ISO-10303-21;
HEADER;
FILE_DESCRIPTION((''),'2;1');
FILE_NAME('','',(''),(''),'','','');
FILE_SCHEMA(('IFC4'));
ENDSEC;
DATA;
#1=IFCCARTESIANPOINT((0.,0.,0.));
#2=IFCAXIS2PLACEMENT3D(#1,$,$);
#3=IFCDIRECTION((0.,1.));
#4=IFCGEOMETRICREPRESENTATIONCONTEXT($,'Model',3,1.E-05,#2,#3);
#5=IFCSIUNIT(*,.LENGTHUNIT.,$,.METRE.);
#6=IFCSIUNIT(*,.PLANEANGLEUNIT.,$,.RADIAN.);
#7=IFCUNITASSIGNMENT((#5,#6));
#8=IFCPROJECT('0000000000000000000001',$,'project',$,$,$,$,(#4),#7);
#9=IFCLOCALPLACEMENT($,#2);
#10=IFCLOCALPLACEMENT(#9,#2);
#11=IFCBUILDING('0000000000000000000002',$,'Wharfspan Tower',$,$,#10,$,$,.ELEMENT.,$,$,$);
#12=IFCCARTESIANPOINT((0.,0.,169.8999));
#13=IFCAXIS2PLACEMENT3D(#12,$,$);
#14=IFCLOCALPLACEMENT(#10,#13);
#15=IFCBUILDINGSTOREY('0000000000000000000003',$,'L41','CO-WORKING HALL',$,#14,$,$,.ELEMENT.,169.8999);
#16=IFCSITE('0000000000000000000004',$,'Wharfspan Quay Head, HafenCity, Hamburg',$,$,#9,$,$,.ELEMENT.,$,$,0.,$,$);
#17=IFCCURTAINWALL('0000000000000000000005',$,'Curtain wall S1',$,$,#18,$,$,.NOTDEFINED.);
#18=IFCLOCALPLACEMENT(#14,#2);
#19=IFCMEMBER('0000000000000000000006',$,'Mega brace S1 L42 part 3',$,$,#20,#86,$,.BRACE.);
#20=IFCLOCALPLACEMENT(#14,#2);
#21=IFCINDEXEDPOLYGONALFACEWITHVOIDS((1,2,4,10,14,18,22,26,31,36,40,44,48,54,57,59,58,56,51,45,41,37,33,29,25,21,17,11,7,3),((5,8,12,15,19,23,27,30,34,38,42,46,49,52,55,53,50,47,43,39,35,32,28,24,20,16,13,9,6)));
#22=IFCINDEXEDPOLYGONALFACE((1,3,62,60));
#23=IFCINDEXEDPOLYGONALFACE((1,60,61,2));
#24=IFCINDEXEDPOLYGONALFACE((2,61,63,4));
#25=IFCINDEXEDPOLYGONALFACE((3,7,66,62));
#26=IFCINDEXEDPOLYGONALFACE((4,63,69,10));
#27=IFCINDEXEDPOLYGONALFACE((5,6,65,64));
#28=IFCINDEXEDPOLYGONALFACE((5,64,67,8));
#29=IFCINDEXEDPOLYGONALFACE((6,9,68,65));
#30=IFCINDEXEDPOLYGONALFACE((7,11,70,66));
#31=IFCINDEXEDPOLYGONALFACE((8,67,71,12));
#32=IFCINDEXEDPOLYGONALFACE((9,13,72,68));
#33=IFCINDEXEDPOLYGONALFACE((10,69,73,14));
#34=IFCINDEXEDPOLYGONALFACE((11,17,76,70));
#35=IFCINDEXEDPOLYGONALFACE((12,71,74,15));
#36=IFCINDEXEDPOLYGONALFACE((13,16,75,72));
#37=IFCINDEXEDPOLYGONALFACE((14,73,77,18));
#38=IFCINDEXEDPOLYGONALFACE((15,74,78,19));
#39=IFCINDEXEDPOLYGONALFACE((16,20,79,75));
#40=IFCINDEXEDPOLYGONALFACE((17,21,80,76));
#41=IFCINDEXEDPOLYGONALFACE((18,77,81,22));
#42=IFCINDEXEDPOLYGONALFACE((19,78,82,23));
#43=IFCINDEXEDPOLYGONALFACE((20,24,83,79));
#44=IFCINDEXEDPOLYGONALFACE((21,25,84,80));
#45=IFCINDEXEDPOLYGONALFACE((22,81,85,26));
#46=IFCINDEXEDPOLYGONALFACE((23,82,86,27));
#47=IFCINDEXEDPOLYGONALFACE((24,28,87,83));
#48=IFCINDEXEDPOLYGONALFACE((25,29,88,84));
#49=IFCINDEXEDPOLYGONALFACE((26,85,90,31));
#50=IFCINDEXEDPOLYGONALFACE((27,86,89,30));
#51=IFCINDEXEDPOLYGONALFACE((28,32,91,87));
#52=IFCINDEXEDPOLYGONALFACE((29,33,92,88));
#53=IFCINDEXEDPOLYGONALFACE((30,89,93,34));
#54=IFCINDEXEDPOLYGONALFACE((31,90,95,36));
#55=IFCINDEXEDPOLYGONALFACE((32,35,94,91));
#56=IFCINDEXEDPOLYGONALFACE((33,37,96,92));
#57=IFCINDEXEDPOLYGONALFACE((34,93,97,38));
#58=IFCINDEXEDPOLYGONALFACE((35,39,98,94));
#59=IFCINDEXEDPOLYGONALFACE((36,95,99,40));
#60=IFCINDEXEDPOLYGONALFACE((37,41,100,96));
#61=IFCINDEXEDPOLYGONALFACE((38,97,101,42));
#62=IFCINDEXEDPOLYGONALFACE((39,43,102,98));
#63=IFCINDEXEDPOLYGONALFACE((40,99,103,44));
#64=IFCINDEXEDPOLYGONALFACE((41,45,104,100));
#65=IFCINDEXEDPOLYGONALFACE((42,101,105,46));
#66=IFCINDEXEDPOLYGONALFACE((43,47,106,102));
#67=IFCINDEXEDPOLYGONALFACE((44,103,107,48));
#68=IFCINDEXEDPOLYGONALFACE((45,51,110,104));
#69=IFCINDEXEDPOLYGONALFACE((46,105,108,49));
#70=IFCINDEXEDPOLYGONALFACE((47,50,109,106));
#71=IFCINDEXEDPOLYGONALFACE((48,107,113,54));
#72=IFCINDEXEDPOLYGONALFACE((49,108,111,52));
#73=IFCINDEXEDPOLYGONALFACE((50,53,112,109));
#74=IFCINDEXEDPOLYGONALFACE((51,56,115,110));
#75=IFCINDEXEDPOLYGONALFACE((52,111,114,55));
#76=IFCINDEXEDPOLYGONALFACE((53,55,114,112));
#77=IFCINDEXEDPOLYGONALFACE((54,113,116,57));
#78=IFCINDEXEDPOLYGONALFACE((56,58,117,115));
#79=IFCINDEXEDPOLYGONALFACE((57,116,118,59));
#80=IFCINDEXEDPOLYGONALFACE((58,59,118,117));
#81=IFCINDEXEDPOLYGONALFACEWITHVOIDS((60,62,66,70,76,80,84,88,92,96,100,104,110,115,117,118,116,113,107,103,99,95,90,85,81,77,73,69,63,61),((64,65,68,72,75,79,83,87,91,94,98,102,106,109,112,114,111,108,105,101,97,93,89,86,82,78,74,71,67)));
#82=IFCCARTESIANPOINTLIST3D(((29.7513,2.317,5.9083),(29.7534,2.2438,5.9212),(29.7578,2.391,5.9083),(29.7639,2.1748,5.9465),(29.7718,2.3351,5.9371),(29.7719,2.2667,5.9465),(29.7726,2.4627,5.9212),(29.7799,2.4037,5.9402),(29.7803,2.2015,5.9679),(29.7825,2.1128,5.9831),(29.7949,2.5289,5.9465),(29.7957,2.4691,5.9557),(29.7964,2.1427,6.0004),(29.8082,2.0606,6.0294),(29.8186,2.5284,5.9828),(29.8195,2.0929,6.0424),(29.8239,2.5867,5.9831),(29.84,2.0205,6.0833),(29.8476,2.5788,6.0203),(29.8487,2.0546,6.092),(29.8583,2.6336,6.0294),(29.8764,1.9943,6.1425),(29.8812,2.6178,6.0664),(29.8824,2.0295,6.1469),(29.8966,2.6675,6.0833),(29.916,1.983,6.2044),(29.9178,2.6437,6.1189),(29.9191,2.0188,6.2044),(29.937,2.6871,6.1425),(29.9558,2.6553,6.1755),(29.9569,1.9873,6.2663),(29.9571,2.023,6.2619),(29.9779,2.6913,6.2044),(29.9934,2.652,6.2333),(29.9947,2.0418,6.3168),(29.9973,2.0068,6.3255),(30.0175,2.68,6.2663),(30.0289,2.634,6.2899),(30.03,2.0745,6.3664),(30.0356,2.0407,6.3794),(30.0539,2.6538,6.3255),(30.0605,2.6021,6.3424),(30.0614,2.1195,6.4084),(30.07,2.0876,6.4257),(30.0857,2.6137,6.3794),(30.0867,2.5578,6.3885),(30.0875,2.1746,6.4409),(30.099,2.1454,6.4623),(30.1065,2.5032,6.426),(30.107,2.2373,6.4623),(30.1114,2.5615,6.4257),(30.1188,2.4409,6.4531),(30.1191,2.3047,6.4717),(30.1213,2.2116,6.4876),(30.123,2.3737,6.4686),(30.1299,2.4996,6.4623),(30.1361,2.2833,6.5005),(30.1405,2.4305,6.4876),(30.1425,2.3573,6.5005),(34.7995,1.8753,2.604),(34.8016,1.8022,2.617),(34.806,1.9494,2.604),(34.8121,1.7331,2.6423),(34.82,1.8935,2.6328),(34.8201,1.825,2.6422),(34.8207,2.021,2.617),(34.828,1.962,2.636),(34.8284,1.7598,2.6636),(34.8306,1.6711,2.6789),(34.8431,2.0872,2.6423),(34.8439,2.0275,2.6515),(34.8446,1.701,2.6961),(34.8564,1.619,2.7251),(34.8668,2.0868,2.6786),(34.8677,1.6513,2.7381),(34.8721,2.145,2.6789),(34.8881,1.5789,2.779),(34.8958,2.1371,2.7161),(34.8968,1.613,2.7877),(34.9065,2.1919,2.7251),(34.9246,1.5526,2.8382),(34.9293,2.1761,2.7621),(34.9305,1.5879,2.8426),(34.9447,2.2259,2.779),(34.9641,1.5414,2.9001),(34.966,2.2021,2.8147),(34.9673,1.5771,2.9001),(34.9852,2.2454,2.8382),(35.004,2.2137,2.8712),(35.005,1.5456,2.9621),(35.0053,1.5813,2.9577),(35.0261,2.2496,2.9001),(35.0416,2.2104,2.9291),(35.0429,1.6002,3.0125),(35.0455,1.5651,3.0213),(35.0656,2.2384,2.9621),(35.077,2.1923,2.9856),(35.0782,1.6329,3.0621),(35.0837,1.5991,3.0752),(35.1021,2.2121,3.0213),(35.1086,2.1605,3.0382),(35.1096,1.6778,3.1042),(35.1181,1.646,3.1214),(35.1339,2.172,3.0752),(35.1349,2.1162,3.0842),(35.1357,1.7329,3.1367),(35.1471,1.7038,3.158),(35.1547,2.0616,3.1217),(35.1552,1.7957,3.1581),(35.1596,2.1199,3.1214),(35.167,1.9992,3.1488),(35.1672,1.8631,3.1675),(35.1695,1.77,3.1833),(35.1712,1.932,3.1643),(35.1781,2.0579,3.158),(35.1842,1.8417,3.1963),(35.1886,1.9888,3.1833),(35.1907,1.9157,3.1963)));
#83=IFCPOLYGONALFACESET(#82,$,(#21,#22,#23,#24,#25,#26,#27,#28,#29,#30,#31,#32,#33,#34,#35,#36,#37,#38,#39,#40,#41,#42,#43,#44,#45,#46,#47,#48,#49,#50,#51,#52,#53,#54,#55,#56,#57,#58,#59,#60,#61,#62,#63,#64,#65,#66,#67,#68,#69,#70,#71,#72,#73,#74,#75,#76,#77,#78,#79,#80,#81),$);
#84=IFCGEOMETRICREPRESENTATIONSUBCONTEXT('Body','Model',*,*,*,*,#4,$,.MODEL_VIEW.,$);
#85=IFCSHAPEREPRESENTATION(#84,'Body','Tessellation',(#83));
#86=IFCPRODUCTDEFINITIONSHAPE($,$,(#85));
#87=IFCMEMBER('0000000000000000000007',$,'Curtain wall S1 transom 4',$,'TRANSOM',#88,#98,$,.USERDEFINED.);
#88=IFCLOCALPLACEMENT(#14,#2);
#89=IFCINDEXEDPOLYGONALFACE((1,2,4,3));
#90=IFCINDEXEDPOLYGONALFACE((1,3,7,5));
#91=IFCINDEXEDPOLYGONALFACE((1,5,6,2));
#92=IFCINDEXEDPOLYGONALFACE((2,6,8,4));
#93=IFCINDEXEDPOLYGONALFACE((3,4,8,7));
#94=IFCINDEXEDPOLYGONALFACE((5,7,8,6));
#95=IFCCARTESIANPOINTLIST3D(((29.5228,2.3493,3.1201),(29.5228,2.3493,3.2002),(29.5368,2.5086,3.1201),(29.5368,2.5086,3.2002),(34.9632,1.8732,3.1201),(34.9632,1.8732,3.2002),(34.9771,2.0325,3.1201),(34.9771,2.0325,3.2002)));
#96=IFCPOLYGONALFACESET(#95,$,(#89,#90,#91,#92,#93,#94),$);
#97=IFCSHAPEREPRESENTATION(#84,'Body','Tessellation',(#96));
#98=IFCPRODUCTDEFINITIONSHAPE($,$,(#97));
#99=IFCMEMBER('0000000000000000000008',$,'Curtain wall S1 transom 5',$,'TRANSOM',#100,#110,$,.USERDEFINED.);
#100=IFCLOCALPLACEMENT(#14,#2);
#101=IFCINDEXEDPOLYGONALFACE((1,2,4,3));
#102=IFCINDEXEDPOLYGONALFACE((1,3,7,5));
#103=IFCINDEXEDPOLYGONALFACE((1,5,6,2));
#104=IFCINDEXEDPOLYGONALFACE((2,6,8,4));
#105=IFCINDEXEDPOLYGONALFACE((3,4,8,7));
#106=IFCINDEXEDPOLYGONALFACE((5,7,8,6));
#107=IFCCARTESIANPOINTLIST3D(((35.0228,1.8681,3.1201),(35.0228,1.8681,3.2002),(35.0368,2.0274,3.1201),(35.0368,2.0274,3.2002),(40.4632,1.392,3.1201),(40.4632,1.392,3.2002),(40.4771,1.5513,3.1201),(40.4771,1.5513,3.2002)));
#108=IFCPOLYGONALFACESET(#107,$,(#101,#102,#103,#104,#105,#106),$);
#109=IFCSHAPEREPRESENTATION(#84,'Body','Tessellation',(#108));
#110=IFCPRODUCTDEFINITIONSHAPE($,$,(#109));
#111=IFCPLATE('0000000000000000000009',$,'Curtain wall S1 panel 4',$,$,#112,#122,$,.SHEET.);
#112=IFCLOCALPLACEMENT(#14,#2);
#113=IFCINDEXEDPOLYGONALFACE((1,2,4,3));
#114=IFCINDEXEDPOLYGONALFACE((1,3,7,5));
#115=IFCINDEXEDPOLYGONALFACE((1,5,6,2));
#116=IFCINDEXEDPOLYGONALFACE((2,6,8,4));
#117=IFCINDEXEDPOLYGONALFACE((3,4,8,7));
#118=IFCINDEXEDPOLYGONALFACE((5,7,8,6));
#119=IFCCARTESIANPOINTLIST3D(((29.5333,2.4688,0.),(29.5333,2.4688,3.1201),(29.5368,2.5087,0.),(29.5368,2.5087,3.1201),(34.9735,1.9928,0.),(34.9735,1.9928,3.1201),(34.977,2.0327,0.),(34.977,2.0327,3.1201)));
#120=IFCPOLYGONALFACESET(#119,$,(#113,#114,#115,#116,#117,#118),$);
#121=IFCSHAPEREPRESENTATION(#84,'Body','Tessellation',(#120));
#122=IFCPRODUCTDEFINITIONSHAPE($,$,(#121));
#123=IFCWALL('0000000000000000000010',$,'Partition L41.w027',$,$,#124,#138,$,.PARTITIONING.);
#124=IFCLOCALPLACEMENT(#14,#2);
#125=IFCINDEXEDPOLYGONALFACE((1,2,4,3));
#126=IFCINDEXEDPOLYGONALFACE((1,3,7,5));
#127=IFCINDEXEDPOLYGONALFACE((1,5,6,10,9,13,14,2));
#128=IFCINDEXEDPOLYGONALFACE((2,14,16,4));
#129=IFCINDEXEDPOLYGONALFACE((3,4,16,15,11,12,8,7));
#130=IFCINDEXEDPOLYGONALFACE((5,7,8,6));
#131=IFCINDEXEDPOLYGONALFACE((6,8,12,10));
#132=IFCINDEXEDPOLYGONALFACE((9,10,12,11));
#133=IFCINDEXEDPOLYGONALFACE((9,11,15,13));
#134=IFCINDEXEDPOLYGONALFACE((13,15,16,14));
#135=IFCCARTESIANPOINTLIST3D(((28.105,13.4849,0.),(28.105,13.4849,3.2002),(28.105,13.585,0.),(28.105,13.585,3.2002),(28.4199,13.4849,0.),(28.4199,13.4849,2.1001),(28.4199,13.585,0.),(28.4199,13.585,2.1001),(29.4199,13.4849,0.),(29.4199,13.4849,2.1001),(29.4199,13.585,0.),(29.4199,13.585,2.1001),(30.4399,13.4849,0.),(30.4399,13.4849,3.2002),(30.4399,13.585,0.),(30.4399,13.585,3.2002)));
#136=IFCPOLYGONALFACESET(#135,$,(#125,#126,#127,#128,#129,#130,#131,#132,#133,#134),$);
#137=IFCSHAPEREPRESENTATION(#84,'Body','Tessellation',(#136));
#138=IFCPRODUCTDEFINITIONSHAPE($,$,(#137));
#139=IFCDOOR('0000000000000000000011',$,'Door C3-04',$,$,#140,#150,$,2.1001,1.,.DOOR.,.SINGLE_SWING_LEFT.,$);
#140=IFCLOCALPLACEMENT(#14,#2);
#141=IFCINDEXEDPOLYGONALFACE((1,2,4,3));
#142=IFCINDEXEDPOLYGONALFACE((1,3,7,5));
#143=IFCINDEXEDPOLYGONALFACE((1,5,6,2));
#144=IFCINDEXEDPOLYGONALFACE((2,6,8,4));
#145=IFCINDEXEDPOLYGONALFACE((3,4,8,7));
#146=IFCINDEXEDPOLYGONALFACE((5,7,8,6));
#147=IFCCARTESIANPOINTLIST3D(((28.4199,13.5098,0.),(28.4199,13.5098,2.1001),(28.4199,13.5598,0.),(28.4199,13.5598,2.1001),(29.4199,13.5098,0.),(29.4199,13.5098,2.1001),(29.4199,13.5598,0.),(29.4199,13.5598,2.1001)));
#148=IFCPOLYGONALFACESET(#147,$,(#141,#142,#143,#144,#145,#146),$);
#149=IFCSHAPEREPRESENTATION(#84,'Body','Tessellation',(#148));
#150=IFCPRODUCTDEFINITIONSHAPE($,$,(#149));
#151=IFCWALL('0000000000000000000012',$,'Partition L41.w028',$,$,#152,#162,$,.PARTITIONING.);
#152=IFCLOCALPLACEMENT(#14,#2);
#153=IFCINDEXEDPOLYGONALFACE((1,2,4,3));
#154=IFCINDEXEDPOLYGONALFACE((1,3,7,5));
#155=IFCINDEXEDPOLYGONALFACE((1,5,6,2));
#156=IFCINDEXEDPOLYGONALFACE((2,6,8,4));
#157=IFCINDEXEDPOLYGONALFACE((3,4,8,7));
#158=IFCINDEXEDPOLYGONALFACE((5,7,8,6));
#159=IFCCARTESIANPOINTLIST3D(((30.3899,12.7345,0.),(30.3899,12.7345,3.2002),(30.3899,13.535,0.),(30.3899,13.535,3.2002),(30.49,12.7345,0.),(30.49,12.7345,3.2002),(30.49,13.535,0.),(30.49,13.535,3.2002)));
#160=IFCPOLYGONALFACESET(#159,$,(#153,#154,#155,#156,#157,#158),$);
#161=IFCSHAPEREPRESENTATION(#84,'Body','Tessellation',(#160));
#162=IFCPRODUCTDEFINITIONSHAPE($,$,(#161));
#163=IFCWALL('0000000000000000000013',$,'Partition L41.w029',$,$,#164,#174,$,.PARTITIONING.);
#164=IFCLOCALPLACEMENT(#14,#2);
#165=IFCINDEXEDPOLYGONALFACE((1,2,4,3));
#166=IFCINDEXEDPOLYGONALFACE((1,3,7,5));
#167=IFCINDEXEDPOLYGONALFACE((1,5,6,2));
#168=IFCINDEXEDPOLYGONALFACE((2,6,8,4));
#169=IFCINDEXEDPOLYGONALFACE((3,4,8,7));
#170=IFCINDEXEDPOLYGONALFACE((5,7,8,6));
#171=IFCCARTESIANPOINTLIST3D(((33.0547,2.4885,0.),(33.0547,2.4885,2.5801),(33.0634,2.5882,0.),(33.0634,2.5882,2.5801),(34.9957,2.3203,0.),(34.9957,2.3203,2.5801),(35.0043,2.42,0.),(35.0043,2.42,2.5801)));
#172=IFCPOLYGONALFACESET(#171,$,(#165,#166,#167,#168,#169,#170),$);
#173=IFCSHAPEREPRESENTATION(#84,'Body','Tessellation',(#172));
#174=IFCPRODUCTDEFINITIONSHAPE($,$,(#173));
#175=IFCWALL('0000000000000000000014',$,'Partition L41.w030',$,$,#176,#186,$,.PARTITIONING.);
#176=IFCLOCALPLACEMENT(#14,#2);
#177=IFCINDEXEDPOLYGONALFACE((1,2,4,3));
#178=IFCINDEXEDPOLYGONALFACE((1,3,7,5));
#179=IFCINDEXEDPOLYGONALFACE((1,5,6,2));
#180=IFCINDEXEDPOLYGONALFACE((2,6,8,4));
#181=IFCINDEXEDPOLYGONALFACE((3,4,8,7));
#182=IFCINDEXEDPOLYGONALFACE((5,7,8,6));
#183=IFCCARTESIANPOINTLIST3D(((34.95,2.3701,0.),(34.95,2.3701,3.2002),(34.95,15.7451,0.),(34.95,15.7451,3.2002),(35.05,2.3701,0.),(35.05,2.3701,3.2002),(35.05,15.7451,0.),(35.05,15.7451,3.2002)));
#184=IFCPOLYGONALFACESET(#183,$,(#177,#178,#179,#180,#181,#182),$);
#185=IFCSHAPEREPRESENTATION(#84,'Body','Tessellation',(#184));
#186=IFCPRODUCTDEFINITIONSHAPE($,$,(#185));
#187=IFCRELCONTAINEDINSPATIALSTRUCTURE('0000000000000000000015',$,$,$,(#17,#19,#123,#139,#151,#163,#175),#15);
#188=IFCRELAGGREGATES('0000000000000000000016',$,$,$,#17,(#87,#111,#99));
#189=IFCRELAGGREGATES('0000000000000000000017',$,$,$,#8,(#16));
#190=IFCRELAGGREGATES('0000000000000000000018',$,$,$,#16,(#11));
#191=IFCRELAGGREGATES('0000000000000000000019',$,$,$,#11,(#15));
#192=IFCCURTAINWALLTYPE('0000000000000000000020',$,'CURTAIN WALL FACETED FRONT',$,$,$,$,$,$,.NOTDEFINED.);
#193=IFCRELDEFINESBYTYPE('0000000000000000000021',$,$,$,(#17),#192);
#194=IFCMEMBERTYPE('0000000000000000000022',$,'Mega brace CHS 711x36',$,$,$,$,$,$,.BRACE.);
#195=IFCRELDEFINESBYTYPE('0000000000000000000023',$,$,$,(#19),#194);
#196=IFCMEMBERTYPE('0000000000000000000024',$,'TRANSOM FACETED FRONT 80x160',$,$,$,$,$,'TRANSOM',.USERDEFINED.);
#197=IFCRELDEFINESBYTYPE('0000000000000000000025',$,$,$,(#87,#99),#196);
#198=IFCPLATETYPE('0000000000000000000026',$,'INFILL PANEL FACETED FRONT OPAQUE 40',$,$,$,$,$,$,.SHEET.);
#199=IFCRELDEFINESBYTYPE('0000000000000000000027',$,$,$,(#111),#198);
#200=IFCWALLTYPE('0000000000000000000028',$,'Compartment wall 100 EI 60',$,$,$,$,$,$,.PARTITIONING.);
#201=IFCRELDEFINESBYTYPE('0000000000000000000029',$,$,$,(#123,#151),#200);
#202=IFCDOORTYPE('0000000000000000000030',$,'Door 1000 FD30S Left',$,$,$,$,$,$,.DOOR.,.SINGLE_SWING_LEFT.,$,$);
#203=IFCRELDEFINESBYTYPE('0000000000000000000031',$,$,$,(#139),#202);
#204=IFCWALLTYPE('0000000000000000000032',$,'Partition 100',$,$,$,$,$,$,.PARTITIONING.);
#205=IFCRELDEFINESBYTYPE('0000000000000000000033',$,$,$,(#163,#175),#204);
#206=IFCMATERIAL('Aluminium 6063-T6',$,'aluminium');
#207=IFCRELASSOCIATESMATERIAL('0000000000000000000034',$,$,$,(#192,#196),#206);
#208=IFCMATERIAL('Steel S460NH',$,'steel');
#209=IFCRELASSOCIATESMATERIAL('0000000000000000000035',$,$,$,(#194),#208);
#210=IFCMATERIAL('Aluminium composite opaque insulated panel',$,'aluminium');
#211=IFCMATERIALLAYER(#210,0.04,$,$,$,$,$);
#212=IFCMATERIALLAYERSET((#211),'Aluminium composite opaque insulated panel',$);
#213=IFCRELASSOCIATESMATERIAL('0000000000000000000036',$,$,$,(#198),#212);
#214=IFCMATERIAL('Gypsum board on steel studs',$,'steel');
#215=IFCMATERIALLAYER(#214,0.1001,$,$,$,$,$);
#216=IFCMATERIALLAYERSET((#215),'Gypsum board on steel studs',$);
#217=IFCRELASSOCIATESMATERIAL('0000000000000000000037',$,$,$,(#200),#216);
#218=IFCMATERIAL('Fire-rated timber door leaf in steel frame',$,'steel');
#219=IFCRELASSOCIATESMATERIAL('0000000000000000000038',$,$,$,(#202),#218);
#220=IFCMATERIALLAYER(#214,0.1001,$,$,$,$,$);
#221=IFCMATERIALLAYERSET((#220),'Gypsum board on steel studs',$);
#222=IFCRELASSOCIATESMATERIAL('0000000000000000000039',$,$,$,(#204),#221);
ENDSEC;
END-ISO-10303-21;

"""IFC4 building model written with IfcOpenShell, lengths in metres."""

from ifc_helpers import new_model, si_unit, direction, frame, frame_2d, origin, origin_2d, place, context, subcontext, project, spatial, rectangle, hollow_circle, extrude, material, layer, layer_set, material_profile, profile_set, type_object, element, fill, aggregate, save


model = new_model("IFC4")

# Units and contexts
model_context = context("Model", 3, precision=1e-05, world=origin(), true_north=direction((0.0, 1.0)))
body_context = subcontext(model_context, "Body", "Model", "MODEL_VIEW")
ifc_project = project(units=[si_unit("LENGTHUNIT", "METRE"), si_unit("PLANEANGLEUNIT", "RADIAN")], contexts=[model_context])

# Site, building, storey
site_placement = place(None, origin())
site = spatial("IfcSite", under=ifc_project, at=site_placement, Name="Wharfspan Quay Head, HafenCity, Hamburg", CompositionType="ELEMENT", RefElevation=0.0)
building_placement = place(site_placement, origin())
building = spatial("IfcBuilding", under=site, at=building_placement, Name="Wharfspan Tower", CompositionType="ELEMENT")
storey_placement = place(building_placement, frame((0.0, 0.0, 169.8999)))
storey = spatial("IfcBuildingStorey", under=building, at=storey_placement, Name="L41", Description="CO-WORKING HALL", CompositionType="ELEMENT", Elevation=169.8999)

# Curtain wall
ifc_material_1 = material(Name="Aluminium 6063-T6", Category="aluminium")
curtain_wall_type = type_object("IfcCurtainWallType", Name="CURTAIN WALL FACETED FRONT", PredefinedType="NOTDEFINED", material=ifc_material_1)
curtain_wall_placement = place(storey_placement, origin())
curtain_wall = element("IfcCurtainWall", 1, at=curtain_wall_placement, inside=storey, type_object=curtain_wall_type, Name="Curtain wall S1", PredefinedType="NOTDEFINED")

# Members
ifc_material_2 = material(Name="Steel S460NH", Category="steel")
ifc_material_profile_1 = material_profile(ifc_material_2, hollow_circle(Radius=0.3555, WallThickness=0.0359, at=origin_2d()))
ifc_profile_set_1 = profile_set([ifc_material_profile_1], Name="Steel S460NH")
member_type_1 = type_object("IfcMemberType", Name="Mega brace CHS 711x36", PredefinedType="BRACE", material=ifc_profile_set_1)
member_1_placement = place(storey_placement, frame((34.9951, 1.8955, 2.9001), z_axis=(-0.834469, 0.073006, 0.546197), x_axis=(-0.087156, -0.996198, -0.000001)))
element("IfcMember", 2, at=member_1_placement, inside=storey, type_object=member_type_1, Name="Mega brace S1 L42 part 3", PredefinedType="BRACE", context=body_context, shape_type="SweptSolid", body=[
    extrude(hollow_circle(Radius=0.3555, WallThickness=0.0359, at=origin_2d()), origin(), (0.0, 0.0, 1.0), 6.0496),
])
ifc_material_profile_2 = material_profile(ifc_material_1, rectangle(XDim=0.1599, YDim=0.0801, at=origin_2d()))
ifc_profile_set_2 = profile_set([ifc_material_profile_2], Name="Aluminium 6063-T6")
member_type_2 = type_object("IfcMemberType", Name="TRANSOM FACETED FRONT 80x160", ElementType="TRANSOM", PredefinedType="USERDEFINED", material=ifc_profile_set_2)
member_2_placement = place(storey_placement, frame((29.5298, 2.429, 3.1602), z_axis=(0.996193, -0.087174, 0.0), x_axis=(0.087174, 0.996193, 0.0)))
member_2 = element("IfcMember", 3, at=member_2_placement, type_object=member_type_2, Name="Curtain wall S1 transom 4", ObjectType="TRANSOM", PredefinedType="USERDEFINED", context=body_context, shape_type="SweptSolid", body=[
    extrude(rectangle(XDim=0.1599, YDim=0.0801, at=origin_2d()), origin(), (0.0, 0.0, 1.0), 5.4612),
])
member_3_placement = place(storey_placement, frame((35.0298, 1.9478, 3.1602), z_axis=(0.996193, -0.087174, 0.0), x_axis=(0.087174, 0.996193, 0.0)))
member_3 = element("IfcMember", 4, at=member_3_placement, type_object=member_type_2, Name="Curtain wall S1 transom 5", ObjectType="TRANSOM", PredefinedType="USERDEFINED", context=body_context, shape_type="SweptSolid", body=[
    extrude(rectangle(XDim=0.1599, YDim=0.0801, at=origin_2d()), origin(), (0.0, 0.0, 1.0), 5.4612),
])

# Plate
ifc_material_3 = material(Name="Aluminium composite opaque insulated panel", Category="aluminium")
ifc_layer_1 = layer(ifc_material_3, 0.04)
ifc_layer_set_1 = layer_set([ifc_layer_1], Name="Aluminium composite opaque insulated panel")
plate_type = type_object("IfcPlateType", Name="INFILL PANEL FACETED FRONT OPAQUE 40", PredefinedType="SHEET", material=ifc_layer_set_1)
plate_placement = place(storey_placement, frame((32.2551, 2.2507, 0.0), z_axis=(0.0, 0.0, 1.0), x_axis=(0.996198, -0.087156, 0.0)))
plate = element("IfcPlate", 5, at=plate_placement, type_object=plate_type, Name="Curtain wall S1 panel 4", PredefinedType="SHEET", context=body_context, shape_type="SweptSolid", body=[
    extrude(rectangle(XDim=5.4609, YDim=0.04, at=origin_2d()), origin(), (0.0, 0.0, 1.0), 3.1201),
])
aggregate(curtain_wall, [member_2, plate, member_3])

# Wall, opening, door
ifc_material_4 = material(Name="Gypsum board on steel studs", Category="steel")
ifc_layer_2 = layer(ifc_material_4, 0.1001)
ifc_layer_set_2 = layer_set([ifc_layer_2], Name="Gypsum board on steel studs")
wall_type_1 = type_object("IfcWallType", Name="Compartment wall 100 EI 60", PredefinedType="PARTITIONING", material=ifc_layer_set_2)
wall_1_placement = place(storey_placement, frame((28.105, 13.5349, 0.0), z_axis=(0.0, 0.0, 1.0), x_axis=(1.0, 0.0, 0.0)))
wall_1 = element("IfcWall", 6, at=wall_1_placement, inside=storey, type_object=wall_type_1, Name="Partition L41.w027", PredefinedType="PARTITIONING", context=body_context, shape_type="SweptSolid", body=[
    extrude(rectangle(XDim=2.335, YDim=0.1001, at=frame_2d((1.1675, 0.0))), origin(), (0.0, 0.0, 1.0), 3.2002),
])
opening_placement = place(wall_1_placement, frame((0.3149, 0.0, 0.0)))
opening = element("IfcOpeningElement", 7, at=opening_placement, cuts=wall_1, PredefinedType="OPENING", context=body_context, shape_type="SweptSolid", body=[
    extrude(rectangle(XDim=1.0, YDim=2.1001, at=frame_2d((0.5, 1.05))), frame((0.0, 0.0601, 0.0), z_axis=(0.0, -1.0, 0.0), x_axis=(1.0, 0.0, 0.0)), (0.0, 0.0, 1.0), 0.1201),
])
ifc_material_5 = material(Name="Fire-rated timber door leaf in steel frame", Category="steel")
door_type = type_object("IfcDoorType", Name="Door 1000 FD30S Left", OperationType="SINGLE_SWING_LEFT", PredefinedType="DOOR", material=ifc_material_5)
door_placement = place(opening_placement, origin())
door = element("IfcDoor", 8, at=door_placement, inside=storey, type_object=door_type, Name="Door C3-04", OperationType="SINGLE_SWING_LEFT", OverallHeight=2.1001, OverallWidth=1.0, PredefinedType="DOOR", context=body_context, shape_type="SweptSolid", body=[
    extrude(rectangle(XDim=1.0, YDim=2.1001, at=frame_2d((0.5, 1.05))), frame((0.0, 0.0249, 0.0), z_axis=(0.0, -1.0, 0.0), x_axis=(1.0, 0.0, 0.0)), (0.0, 0.0, 1.0), 0.05),
])
fill(opening, door)

# Walls
wall_2_placement = place(storey_placement, frame((30.4399, 12.7344, 0.0), z_axis=(0.0, 0.0, 1.0), x_axis=(0.0, 1.0, 0.0)))
element("IfcWall", 9, at=wall_2_placement, inside=storey, type_object=wall_type_1, Name="Partition L41.w028", PredefinedType="PARTITIONING", context=body_context, shape_type="SweptSolid", body=[
    extrude(rectangle(XDim=0.8005, YDim=0.1001, at=frame_2d((0.4004, 0.0))), origin(), (0.0, 0.0, 1.0), 3.2002),
])
ifc_layer_3 = layer(ifc_material_4, 0.1001)
ifc_layer_set_3 = layer_set([ifc_layer_3], Name="Gypsum board on steel studs")
wall_type_2 = type_object("IfcWallType", Name="Partition 100", PredefinedType="PARTITIONING", material=ifc_layer_set_3)
wall_3_placement = place(storey_placement, frame((35.0, 2.3701, 0.0), z_axis=(0.0, 0.0, 1.0), x_axis=(-0.996265, 0.086343, 0.0)))
element("IfcWall", 10, at=wall_3_placement, inside=storey, type_object=wall_type_2, Name="Partition L41.w029", PredefinedType="PARTITIONING", context=body_context, shape_type="SweptSolid", body=[
    extrude(rectangle(XDim=1.9482, YDim=0.1001, at=frame_2d((0.9741, 0.0))), origin(), (0.0, 0.0, 1.0), 2.5801),
])
wall_4_placement = place(storey_placement, frame((35.0, 2.3701, 0.0), z_axis=(0.0, 0.0, 1.0), x_axis=(0.0, 1.0, 0.0)))
element("IfcWall", 11, at=wall_4_placement, inside=storey, type_object=wall_type_2, Name="Partition L41.w030", PredefinedType="PARTITIONING", context=body_context, shape_type="SweptSolid", body=[
    extrude(rectangle(XDim=13.375, YDim=0.1001, at=frame_2d((6.6875, 0.0))), origin(), (0.0, 0.0, 1.0), 3.2002),
])

save(model, "model.ifc")
